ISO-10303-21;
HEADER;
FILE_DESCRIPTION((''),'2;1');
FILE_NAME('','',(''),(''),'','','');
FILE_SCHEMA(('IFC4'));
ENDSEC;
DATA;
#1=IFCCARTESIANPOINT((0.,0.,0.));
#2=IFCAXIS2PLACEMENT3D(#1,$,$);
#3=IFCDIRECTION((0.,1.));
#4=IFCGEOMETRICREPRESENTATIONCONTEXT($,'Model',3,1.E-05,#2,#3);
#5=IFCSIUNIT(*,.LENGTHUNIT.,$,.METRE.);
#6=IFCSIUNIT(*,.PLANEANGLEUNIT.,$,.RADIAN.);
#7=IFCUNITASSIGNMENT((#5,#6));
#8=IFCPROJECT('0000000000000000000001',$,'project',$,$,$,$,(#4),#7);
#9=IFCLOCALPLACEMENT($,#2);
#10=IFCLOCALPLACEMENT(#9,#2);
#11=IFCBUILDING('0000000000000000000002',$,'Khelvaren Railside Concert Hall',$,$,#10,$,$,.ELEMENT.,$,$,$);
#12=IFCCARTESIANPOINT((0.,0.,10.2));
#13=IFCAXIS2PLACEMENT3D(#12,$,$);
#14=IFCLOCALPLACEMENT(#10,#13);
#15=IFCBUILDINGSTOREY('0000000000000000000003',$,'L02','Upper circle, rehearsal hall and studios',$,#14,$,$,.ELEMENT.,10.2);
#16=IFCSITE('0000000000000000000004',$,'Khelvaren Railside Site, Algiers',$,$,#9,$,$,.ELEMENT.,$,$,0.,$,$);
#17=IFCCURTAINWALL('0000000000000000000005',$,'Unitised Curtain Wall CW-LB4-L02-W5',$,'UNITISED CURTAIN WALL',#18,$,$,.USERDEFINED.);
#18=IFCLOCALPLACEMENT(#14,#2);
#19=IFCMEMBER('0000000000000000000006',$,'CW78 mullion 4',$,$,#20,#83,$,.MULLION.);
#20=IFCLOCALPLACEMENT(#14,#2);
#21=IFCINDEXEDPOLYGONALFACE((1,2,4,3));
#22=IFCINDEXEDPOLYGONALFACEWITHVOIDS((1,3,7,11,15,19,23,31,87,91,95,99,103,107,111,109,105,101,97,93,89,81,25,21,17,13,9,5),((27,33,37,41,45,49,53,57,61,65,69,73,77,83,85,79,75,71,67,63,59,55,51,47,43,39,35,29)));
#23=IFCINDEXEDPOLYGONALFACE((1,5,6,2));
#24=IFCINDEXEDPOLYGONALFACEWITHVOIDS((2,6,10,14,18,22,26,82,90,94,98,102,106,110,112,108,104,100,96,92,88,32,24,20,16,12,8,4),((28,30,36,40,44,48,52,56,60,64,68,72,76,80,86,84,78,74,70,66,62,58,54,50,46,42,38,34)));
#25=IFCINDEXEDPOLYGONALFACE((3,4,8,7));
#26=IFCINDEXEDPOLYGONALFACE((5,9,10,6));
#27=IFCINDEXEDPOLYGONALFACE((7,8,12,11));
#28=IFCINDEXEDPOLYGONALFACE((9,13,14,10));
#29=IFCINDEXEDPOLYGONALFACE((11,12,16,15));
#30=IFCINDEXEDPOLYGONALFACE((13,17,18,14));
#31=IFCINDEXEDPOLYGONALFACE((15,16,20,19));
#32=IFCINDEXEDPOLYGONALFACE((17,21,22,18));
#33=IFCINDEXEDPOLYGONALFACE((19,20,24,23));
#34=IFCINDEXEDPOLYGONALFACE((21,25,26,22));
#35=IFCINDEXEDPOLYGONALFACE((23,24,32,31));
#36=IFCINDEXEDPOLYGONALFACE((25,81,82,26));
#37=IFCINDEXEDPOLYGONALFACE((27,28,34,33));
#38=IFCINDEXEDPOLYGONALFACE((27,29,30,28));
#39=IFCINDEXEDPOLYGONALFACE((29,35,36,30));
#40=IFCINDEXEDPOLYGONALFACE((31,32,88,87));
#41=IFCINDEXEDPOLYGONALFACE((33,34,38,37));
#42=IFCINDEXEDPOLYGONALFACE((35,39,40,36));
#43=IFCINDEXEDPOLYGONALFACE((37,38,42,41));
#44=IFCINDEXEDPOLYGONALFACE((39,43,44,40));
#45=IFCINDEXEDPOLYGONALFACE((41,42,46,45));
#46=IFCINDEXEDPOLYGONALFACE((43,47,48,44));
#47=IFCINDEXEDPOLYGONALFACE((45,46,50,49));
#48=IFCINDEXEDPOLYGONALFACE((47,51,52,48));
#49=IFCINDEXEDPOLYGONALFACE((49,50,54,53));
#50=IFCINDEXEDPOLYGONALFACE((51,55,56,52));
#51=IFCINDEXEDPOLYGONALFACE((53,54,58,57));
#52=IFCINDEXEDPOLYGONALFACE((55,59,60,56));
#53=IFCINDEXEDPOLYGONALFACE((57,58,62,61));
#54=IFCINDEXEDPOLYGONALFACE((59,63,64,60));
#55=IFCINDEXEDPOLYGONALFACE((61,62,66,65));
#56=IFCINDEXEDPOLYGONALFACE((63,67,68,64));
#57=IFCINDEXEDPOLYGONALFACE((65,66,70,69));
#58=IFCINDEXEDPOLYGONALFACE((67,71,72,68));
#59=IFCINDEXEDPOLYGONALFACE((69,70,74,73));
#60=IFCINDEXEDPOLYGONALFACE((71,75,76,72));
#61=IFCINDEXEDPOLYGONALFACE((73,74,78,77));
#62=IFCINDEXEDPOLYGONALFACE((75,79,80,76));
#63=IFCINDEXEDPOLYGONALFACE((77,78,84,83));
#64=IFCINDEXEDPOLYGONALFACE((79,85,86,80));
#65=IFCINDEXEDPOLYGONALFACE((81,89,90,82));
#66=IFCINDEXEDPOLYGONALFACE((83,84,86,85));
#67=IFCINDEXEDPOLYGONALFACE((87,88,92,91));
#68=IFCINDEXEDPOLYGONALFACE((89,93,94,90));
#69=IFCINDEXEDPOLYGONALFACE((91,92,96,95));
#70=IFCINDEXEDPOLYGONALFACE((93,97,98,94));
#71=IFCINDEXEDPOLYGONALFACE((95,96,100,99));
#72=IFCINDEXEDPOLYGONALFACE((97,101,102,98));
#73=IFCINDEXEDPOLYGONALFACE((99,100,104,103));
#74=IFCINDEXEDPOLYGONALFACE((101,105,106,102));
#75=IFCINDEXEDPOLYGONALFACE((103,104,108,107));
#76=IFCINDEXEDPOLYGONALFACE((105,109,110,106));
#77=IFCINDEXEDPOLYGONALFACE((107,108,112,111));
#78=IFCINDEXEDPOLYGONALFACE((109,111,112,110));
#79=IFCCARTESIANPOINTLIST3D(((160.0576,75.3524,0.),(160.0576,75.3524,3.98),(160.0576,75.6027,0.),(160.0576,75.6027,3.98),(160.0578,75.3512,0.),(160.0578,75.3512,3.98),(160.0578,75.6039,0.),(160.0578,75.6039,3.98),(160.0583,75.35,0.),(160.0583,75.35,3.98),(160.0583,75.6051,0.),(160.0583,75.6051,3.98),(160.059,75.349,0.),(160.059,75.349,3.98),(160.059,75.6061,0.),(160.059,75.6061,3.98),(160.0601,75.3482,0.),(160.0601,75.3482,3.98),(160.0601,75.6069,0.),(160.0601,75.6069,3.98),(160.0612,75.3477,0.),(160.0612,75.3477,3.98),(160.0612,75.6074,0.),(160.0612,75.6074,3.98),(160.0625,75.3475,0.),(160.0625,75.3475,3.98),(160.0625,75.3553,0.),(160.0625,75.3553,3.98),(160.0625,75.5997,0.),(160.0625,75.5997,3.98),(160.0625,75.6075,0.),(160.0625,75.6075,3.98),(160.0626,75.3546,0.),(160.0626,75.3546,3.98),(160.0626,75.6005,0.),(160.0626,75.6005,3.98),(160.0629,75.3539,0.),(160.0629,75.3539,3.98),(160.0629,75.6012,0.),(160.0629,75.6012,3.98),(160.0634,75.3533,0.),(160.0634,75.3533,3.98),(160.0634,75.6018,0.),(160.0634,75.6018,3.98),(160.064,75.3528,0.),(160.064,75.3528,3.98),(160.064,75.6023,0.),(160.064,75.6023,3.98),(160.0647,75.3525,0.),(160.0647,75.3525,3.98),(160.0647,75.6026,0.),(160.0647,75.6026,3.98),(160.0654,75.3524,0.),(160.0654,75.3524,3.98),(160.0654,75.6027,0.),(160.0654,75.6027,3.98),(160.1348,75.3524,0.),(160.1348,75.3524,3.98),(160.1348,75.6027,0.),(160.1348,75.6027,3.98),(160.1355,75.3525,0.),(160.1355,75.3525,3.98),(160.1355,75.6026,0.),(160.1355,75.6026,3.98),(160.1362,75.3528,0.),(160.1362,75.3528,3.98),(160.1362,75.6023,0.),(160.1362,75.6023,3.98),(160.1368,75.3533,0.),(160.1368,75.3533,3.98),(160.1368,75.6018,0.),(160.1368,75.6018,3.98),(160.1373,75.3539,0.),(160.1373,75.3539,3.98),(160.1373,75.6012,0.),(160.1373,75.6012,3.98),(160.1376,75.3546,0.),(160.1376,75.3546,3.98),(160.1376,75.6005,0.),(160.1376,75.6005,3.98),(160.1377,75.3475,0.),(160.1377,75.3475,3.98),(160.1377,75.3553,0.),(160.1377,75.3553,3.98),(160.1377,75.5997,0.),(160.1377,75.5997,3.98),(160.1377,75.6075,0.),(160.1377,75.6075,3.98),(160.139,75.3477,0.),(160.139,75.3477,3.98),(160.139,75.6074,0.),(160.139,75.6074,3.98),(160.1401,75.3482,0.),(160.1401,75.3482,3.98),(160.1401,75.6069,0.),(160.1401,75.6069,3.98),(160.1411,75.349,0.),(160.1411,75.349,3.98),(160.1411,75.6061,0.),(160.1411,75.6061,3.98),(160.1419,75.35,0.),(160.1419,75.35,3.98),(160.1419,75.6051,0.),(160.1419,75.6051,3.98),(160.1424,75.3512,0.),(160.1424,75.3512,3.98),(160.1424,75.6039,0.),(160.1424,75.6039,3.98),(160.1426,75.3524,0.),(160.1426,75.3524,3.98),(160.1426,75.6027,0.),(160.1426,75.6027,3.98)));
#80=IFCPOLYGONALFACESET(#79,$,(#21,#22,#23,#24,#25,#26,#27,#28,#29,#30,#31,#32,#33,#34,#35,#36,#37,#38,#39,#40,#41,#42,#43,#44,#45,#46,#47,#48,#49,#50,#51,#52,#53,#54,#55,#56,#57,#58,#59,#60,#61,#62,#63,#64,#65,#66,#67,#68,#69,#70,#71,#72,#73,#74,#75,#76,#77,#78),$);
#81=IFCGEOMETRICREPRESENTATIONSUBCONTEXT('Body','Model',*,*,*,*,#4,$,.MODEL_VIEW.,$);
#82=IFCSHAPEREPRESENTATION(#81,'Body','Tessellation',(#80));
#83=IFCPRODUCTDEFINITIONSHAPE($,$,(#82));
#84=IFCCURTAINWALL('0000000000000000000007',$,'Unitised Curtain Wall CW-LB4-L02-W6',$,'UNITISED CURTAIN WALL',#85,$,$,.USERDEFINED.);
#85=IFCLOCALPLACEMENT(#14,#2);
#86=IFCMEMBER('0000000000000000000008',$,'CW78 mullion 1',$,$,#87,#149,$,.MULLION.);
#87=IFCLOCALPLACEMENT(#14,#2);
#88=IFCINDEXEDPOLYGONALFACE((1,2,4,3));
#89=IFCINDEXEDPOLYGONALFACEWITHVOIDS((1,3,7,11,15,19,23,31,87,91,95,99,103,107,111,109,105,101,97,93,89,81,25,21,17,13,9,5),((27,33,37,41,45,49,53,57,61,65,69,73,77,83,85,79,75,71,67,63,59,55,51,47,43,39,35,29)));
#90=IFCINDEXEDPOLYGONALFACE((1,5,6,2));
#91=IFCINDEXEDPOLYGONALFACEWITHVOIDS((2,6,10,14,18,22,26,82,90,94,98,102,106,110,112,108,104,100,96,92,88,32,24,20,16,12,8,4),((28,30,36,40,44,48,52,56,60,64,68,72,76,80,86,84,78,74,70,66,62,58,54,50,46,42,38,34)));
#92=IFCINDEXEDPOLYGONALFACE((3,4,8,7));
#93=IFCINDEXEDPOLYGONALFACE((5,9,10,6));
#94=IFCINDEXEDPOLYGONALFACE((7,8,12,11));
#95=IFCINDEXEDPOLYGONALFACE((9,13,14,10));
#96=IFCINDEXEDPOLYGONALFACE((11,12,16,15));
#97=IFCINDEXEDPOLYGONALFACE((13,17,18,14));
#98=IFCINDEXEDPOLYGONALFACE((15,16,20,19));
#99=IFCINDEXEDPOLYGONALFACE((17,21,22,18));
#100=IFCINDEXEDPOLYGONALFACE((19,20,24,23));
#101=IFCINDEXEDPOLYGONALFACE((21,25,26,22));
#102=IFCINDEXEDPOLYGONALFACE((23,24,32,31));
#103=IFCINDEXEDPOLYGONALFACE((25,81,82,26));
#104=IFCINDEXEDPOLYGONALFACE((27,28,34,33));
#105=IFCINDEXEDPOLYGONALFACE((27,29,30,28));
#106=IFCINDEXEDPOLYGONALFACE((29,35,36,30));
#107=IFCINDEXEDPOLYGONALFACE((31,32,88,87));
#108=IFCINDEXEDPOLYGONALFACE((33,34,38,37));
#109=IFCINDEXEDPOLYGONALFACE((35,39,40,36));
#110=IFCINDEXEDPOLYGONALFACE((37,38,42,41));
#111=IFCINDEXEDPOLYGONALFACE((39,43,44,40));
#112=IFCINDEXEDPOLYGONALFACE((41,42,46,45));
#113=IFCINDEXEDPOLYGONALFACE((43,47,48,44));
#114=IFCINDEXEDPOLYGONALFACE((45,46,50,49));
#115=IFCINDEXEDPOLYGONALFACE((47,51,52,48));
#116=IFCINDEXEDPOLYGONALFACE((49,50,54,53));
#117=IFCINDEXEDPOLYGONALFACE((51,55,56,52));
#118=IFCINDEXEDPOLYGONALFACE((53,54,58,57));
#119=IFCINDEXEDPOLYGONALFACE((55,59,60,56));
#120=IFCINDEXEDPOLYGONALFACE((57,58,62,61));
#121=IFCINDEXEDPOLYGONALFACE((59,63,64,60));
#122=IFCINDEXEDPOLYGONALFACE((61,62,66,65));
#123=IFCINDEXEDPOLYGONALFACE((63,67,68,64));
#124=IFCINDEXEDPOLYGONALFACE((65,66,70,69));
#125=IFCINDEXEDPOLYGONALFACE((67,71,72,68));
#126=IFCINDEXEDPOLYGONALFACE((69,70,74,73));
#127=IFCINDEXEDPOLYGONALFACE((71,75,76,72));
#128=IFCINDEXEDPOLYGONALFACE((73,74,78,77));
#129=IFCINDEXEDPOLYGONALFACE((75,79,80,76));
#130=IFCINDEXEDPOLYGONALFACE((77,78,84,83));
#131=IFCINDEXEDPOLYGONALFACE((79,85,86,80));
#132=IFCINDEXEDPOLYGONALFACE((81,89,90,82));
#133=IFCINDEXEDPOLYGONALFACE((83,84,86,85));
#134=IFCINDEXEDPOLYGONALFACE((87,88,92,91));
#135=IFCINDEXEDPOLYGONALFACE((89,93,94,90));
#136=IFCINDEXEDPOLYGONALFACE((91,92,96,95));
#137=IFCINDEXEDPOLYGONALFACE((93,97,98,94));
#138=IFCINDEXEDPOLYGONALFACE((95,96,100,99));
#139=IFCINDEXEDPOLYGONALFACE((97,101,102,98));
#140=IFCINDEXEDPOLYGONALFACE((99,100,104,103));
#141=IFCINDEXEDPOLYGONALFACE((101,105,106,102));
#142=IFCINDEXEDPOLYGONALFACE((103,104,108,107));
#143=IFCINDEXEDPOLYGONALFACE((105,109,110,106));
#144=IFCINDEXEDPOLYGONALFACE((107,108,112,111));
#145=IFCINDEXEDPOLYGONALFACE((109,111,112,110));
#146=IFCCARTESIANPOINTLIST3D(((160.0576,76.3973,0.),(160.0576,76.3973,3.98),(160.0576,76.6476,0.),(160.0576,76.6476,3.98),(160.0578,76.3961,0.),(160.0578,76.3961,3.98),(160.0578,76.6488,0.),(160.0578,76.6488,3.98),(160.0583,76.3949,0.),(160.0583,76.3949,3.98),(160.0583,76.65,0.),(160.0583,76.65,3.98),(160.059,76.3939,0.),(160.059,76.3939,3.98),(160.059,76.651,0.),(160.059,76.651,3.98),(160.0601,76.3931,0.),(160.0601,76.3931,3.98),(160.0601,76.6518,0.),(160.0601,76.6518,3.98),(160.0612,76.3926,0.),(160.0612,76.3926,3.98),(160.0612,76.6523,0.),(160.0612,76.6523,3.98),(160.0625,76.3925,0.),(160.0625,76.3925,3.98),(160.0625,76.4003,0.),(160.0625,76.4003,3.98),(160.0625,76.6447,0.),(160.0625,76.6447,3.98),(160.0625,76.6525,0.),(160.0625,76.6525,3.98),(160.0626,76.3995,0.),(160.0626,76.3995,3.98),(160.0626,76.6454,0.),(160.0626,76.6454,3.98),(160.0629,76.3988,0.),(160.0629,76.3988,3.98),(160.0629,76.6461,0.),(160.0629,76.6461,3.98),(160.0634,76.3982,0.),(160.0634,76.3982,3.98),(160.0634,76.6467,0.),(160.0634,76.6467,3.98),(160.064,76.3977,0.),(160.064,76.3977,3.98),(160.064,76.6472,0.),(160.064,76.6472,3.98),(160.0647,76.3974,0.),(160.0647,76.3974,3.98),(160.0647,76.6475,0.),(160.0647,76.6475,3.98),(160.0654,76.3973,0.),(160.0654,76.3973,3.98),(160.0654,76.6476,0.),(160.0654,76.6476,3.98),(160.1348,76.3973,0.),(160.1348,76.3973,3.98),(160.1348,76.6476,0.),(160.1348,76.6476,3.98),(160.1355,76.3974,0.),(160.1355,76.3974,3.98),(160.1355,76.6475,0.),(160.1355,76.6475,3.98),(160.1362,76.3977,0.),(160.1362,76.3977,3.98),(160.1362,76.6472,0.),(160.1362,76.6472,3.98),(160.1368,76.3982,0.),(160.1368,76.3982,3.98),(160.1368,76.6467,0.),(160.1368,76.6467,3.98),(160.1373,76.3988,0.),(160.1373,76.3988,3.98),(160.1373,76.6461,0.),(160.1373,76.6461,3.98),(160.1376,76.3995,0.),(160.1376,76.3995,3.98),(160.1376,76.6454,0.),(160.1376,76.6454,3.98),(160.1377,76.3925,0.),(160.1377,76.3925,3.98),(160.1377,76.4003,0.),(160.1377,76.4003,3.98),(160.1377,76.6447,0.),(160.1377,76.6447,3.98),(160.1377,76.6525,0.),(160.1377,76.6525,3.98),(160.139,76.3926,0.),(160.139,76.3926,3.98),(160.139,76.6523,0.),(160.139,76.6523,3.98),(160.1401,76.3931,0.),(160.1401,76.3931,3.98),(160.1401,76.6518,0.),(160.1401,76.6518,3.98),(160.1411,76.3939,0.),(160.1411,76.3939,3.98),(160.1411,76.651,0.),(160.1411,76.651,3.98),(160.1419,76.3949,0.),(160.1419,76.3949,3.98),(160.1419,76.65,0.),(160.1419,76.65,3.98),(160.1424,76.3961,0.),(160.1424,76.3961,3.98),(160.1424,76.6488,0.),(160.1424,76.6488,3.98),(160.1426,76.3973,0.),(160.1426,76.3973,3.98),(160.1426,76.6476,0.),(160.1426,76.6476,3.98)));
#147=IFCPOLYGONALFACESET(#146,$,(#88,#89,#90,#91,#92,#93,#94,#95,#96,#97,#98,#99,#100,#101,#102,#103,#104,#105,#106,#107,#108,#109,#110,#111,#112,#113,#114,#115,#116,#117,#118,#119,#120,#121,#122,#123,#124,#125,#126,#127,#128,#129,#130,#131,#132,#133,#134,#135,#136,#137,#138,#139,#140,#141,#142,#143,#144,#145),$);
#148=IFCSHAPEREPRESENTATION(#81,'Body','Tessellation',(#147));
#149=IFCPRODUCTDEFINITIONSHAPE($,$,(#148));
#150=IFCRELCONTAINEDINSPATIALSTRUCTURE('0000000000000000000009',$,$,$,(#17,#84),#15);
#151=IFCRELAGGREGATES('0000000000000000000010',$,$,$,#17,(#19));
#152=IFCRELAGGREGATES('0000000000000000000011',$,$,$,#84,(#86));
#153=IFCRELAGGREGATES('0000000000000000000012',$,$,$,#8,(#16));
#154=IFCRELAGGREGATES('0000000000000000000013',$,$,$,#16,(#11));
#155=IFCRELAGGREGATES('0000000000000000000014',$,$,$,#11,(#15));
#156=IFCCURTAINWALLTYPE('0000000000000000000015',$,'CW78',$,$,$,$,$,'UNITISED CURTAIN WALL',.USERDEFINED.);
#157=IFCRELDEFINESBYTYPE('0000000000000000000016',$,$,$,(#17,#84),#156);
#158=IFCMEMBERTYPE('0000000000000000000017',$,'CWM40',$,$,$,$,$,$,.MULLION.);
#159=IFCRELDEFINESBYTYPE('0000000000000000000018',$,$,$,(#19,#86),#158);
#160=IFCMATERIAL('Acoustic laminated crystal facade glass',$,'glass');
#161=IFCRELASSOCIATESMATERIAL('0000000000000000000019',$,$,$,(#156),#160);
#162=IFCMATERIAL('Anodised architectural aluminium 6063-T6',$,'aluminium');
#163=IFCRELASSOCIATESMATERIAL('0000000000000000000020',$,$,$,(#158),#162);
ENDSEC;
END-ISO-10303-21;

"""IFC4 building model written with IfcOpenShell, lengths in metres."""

from ifc_helpers import new_model, si_unit, direction, frame, origin, origin_2d, place, context, subcontext, project, spatial, hollow_rectangle, extrude, material, material_profile, profile_set, type_object, element, aggregate, save


model = new_model("IFC4")

# Units and contexts
model_context = context("Model", 3, precision=1e-05, world=origin(), true_north=direction((0.0, 1.0)))
body_context = subcontext(model_context, "Body", "Model", "MODEL_VIEW")
ifc_project = project(units=[si_unit("LENGTHUNIT", "METRE"), si_unit("PLANEANGLEUNIT", "RADIAN")], contexts=[model_context])

# Site, building, storey
site_placement = place(None, origin())
site = spatial("IfcSite", under=ifc_project, at=site_placement, Name="Khelvaren Railside Site, Algiers", CompositionType="ELEMENT", RefElevation=0.0)
building_placement = place(site_placement, origin())
building = spatial("IfcBuilding", under=site, at=building_placement, Name="Khelvaren Railside Concert Hall", CompositionType="ELEMENT")
storey_placement = place(building_placement, frame((0.0, 0.0, 10.2)))
storey = spatial("IfcBuildingStorey", under=building, at=storey_placement, Name="L02", Description="Upper circle, rehearsal hall and studios", CompositionType="ELEMENT", Elevation=10.2)

# Curtain walls, members
ifc_material_1 = material(Name="Anodised architectural aluminium 6063-T6", Category="aluminium")
ifc_material_2 = material(Name="Acoustic laminated crystal facade glass", Category="glass")
curtain_wall_type_1 = type_object("IfcCurtainWallType", Name="CW78", ElementType="UNITISED CURTAIN WALL", PredefinedType="USERDEFINED", material=ifc_material_2)
curtain_wall_1_placement = place(storey_placement, origin())
curtain_wall_1 = element("IfcCurtainWall", 1, at=curtain_wall_1_placement, inside=storey, type_object=curtain_wall_type_1, Name="Unitised Curtain Wall CW-LB4-L02-W5", ObjectType="UNITISED CURTAIN WALL", PredefinedType="USERDEFINED")
ifc_material_profile_1 = material_profile(ifc_material_1, hollow_rectangle(XDim=0.085, YDim=0.26, WallThickness=0.0049, InnerFilletRadius=0.0029, OuterFilletRadius=0.0049, at=origin_2d()), Name="CWM 85x260x5")
ifc_profile_set_1 = profile_set([ifc_material_profile_1], Name="Anodised architectural aluminium 6063-T6")
member_type_1 = type_object("IfcMemberType", Name="CWM40", PredefinedType="MULLION", material=ifc_profile_set_1)
member_1_placement = place(storey_placement, frame((160.1001, 75.4775, 0.0), z_axis=(0.0, 0.0, 1.0), x_axis=(-1.0, 0.0, 0.0)))
member_1 = element("IfcMember", 2, at=member_1_placement, type_object=member_type_1, Name="CW78 mullion 4", PredefinedType="MULLION", context=body_context, shape_type="SweptSolid", body=[
    extrude(hollow_rectangle(XDim=0.085, YDim=0.26, WallThickness=0.0049, InnerFilletRadius=0.0029, OuterFilletRadius=0.0049, at=origin_2d()), origin(), (0.0, 0.0, 1.0), 3.98),
])
curtain_wall_2_placement = place(storey_placement, origin())
curtain_wall_2 = element("IfcCurtainWall", 3, at=curtain_wall_2_placement, inside=storey, type_object=curtain_wall_type_1, Name="Unitised Curtain Wall CW-LB4-L02-W6", ObjectType="UNITISED CURTAIN WALL", PredefinedType="USERDEFINED")
member_2_placement = place(storey_placement, frame((160.1001, 76.5225, 0.0), z_axis=(0.0, 0.0, 1.0), x_axis=(-1.0, 0.0, 0.0)))
member_2 = element("IfcMember", 4, at=member_2_placement, type_object=member_type_1, Name="CW78 mullion 1", PredefinedType="MULLION", context=body_context, shape_type="SweptSolid", body=[
    extrude(hollow_rectangle(XDim=0.085, YDim=0.26, WallThickness=0.0049, InnerFilletRadius=0.0029, OuterFilletRadius=0.0049, at=origin_2d()), origin(), (0.0, 0.0, 1.0), 3.98),
])

aggregate(curtain_wall_1, [member_1])
aggregate(curtain_wall_2, [member_2])

save(model, "model.ifc")
